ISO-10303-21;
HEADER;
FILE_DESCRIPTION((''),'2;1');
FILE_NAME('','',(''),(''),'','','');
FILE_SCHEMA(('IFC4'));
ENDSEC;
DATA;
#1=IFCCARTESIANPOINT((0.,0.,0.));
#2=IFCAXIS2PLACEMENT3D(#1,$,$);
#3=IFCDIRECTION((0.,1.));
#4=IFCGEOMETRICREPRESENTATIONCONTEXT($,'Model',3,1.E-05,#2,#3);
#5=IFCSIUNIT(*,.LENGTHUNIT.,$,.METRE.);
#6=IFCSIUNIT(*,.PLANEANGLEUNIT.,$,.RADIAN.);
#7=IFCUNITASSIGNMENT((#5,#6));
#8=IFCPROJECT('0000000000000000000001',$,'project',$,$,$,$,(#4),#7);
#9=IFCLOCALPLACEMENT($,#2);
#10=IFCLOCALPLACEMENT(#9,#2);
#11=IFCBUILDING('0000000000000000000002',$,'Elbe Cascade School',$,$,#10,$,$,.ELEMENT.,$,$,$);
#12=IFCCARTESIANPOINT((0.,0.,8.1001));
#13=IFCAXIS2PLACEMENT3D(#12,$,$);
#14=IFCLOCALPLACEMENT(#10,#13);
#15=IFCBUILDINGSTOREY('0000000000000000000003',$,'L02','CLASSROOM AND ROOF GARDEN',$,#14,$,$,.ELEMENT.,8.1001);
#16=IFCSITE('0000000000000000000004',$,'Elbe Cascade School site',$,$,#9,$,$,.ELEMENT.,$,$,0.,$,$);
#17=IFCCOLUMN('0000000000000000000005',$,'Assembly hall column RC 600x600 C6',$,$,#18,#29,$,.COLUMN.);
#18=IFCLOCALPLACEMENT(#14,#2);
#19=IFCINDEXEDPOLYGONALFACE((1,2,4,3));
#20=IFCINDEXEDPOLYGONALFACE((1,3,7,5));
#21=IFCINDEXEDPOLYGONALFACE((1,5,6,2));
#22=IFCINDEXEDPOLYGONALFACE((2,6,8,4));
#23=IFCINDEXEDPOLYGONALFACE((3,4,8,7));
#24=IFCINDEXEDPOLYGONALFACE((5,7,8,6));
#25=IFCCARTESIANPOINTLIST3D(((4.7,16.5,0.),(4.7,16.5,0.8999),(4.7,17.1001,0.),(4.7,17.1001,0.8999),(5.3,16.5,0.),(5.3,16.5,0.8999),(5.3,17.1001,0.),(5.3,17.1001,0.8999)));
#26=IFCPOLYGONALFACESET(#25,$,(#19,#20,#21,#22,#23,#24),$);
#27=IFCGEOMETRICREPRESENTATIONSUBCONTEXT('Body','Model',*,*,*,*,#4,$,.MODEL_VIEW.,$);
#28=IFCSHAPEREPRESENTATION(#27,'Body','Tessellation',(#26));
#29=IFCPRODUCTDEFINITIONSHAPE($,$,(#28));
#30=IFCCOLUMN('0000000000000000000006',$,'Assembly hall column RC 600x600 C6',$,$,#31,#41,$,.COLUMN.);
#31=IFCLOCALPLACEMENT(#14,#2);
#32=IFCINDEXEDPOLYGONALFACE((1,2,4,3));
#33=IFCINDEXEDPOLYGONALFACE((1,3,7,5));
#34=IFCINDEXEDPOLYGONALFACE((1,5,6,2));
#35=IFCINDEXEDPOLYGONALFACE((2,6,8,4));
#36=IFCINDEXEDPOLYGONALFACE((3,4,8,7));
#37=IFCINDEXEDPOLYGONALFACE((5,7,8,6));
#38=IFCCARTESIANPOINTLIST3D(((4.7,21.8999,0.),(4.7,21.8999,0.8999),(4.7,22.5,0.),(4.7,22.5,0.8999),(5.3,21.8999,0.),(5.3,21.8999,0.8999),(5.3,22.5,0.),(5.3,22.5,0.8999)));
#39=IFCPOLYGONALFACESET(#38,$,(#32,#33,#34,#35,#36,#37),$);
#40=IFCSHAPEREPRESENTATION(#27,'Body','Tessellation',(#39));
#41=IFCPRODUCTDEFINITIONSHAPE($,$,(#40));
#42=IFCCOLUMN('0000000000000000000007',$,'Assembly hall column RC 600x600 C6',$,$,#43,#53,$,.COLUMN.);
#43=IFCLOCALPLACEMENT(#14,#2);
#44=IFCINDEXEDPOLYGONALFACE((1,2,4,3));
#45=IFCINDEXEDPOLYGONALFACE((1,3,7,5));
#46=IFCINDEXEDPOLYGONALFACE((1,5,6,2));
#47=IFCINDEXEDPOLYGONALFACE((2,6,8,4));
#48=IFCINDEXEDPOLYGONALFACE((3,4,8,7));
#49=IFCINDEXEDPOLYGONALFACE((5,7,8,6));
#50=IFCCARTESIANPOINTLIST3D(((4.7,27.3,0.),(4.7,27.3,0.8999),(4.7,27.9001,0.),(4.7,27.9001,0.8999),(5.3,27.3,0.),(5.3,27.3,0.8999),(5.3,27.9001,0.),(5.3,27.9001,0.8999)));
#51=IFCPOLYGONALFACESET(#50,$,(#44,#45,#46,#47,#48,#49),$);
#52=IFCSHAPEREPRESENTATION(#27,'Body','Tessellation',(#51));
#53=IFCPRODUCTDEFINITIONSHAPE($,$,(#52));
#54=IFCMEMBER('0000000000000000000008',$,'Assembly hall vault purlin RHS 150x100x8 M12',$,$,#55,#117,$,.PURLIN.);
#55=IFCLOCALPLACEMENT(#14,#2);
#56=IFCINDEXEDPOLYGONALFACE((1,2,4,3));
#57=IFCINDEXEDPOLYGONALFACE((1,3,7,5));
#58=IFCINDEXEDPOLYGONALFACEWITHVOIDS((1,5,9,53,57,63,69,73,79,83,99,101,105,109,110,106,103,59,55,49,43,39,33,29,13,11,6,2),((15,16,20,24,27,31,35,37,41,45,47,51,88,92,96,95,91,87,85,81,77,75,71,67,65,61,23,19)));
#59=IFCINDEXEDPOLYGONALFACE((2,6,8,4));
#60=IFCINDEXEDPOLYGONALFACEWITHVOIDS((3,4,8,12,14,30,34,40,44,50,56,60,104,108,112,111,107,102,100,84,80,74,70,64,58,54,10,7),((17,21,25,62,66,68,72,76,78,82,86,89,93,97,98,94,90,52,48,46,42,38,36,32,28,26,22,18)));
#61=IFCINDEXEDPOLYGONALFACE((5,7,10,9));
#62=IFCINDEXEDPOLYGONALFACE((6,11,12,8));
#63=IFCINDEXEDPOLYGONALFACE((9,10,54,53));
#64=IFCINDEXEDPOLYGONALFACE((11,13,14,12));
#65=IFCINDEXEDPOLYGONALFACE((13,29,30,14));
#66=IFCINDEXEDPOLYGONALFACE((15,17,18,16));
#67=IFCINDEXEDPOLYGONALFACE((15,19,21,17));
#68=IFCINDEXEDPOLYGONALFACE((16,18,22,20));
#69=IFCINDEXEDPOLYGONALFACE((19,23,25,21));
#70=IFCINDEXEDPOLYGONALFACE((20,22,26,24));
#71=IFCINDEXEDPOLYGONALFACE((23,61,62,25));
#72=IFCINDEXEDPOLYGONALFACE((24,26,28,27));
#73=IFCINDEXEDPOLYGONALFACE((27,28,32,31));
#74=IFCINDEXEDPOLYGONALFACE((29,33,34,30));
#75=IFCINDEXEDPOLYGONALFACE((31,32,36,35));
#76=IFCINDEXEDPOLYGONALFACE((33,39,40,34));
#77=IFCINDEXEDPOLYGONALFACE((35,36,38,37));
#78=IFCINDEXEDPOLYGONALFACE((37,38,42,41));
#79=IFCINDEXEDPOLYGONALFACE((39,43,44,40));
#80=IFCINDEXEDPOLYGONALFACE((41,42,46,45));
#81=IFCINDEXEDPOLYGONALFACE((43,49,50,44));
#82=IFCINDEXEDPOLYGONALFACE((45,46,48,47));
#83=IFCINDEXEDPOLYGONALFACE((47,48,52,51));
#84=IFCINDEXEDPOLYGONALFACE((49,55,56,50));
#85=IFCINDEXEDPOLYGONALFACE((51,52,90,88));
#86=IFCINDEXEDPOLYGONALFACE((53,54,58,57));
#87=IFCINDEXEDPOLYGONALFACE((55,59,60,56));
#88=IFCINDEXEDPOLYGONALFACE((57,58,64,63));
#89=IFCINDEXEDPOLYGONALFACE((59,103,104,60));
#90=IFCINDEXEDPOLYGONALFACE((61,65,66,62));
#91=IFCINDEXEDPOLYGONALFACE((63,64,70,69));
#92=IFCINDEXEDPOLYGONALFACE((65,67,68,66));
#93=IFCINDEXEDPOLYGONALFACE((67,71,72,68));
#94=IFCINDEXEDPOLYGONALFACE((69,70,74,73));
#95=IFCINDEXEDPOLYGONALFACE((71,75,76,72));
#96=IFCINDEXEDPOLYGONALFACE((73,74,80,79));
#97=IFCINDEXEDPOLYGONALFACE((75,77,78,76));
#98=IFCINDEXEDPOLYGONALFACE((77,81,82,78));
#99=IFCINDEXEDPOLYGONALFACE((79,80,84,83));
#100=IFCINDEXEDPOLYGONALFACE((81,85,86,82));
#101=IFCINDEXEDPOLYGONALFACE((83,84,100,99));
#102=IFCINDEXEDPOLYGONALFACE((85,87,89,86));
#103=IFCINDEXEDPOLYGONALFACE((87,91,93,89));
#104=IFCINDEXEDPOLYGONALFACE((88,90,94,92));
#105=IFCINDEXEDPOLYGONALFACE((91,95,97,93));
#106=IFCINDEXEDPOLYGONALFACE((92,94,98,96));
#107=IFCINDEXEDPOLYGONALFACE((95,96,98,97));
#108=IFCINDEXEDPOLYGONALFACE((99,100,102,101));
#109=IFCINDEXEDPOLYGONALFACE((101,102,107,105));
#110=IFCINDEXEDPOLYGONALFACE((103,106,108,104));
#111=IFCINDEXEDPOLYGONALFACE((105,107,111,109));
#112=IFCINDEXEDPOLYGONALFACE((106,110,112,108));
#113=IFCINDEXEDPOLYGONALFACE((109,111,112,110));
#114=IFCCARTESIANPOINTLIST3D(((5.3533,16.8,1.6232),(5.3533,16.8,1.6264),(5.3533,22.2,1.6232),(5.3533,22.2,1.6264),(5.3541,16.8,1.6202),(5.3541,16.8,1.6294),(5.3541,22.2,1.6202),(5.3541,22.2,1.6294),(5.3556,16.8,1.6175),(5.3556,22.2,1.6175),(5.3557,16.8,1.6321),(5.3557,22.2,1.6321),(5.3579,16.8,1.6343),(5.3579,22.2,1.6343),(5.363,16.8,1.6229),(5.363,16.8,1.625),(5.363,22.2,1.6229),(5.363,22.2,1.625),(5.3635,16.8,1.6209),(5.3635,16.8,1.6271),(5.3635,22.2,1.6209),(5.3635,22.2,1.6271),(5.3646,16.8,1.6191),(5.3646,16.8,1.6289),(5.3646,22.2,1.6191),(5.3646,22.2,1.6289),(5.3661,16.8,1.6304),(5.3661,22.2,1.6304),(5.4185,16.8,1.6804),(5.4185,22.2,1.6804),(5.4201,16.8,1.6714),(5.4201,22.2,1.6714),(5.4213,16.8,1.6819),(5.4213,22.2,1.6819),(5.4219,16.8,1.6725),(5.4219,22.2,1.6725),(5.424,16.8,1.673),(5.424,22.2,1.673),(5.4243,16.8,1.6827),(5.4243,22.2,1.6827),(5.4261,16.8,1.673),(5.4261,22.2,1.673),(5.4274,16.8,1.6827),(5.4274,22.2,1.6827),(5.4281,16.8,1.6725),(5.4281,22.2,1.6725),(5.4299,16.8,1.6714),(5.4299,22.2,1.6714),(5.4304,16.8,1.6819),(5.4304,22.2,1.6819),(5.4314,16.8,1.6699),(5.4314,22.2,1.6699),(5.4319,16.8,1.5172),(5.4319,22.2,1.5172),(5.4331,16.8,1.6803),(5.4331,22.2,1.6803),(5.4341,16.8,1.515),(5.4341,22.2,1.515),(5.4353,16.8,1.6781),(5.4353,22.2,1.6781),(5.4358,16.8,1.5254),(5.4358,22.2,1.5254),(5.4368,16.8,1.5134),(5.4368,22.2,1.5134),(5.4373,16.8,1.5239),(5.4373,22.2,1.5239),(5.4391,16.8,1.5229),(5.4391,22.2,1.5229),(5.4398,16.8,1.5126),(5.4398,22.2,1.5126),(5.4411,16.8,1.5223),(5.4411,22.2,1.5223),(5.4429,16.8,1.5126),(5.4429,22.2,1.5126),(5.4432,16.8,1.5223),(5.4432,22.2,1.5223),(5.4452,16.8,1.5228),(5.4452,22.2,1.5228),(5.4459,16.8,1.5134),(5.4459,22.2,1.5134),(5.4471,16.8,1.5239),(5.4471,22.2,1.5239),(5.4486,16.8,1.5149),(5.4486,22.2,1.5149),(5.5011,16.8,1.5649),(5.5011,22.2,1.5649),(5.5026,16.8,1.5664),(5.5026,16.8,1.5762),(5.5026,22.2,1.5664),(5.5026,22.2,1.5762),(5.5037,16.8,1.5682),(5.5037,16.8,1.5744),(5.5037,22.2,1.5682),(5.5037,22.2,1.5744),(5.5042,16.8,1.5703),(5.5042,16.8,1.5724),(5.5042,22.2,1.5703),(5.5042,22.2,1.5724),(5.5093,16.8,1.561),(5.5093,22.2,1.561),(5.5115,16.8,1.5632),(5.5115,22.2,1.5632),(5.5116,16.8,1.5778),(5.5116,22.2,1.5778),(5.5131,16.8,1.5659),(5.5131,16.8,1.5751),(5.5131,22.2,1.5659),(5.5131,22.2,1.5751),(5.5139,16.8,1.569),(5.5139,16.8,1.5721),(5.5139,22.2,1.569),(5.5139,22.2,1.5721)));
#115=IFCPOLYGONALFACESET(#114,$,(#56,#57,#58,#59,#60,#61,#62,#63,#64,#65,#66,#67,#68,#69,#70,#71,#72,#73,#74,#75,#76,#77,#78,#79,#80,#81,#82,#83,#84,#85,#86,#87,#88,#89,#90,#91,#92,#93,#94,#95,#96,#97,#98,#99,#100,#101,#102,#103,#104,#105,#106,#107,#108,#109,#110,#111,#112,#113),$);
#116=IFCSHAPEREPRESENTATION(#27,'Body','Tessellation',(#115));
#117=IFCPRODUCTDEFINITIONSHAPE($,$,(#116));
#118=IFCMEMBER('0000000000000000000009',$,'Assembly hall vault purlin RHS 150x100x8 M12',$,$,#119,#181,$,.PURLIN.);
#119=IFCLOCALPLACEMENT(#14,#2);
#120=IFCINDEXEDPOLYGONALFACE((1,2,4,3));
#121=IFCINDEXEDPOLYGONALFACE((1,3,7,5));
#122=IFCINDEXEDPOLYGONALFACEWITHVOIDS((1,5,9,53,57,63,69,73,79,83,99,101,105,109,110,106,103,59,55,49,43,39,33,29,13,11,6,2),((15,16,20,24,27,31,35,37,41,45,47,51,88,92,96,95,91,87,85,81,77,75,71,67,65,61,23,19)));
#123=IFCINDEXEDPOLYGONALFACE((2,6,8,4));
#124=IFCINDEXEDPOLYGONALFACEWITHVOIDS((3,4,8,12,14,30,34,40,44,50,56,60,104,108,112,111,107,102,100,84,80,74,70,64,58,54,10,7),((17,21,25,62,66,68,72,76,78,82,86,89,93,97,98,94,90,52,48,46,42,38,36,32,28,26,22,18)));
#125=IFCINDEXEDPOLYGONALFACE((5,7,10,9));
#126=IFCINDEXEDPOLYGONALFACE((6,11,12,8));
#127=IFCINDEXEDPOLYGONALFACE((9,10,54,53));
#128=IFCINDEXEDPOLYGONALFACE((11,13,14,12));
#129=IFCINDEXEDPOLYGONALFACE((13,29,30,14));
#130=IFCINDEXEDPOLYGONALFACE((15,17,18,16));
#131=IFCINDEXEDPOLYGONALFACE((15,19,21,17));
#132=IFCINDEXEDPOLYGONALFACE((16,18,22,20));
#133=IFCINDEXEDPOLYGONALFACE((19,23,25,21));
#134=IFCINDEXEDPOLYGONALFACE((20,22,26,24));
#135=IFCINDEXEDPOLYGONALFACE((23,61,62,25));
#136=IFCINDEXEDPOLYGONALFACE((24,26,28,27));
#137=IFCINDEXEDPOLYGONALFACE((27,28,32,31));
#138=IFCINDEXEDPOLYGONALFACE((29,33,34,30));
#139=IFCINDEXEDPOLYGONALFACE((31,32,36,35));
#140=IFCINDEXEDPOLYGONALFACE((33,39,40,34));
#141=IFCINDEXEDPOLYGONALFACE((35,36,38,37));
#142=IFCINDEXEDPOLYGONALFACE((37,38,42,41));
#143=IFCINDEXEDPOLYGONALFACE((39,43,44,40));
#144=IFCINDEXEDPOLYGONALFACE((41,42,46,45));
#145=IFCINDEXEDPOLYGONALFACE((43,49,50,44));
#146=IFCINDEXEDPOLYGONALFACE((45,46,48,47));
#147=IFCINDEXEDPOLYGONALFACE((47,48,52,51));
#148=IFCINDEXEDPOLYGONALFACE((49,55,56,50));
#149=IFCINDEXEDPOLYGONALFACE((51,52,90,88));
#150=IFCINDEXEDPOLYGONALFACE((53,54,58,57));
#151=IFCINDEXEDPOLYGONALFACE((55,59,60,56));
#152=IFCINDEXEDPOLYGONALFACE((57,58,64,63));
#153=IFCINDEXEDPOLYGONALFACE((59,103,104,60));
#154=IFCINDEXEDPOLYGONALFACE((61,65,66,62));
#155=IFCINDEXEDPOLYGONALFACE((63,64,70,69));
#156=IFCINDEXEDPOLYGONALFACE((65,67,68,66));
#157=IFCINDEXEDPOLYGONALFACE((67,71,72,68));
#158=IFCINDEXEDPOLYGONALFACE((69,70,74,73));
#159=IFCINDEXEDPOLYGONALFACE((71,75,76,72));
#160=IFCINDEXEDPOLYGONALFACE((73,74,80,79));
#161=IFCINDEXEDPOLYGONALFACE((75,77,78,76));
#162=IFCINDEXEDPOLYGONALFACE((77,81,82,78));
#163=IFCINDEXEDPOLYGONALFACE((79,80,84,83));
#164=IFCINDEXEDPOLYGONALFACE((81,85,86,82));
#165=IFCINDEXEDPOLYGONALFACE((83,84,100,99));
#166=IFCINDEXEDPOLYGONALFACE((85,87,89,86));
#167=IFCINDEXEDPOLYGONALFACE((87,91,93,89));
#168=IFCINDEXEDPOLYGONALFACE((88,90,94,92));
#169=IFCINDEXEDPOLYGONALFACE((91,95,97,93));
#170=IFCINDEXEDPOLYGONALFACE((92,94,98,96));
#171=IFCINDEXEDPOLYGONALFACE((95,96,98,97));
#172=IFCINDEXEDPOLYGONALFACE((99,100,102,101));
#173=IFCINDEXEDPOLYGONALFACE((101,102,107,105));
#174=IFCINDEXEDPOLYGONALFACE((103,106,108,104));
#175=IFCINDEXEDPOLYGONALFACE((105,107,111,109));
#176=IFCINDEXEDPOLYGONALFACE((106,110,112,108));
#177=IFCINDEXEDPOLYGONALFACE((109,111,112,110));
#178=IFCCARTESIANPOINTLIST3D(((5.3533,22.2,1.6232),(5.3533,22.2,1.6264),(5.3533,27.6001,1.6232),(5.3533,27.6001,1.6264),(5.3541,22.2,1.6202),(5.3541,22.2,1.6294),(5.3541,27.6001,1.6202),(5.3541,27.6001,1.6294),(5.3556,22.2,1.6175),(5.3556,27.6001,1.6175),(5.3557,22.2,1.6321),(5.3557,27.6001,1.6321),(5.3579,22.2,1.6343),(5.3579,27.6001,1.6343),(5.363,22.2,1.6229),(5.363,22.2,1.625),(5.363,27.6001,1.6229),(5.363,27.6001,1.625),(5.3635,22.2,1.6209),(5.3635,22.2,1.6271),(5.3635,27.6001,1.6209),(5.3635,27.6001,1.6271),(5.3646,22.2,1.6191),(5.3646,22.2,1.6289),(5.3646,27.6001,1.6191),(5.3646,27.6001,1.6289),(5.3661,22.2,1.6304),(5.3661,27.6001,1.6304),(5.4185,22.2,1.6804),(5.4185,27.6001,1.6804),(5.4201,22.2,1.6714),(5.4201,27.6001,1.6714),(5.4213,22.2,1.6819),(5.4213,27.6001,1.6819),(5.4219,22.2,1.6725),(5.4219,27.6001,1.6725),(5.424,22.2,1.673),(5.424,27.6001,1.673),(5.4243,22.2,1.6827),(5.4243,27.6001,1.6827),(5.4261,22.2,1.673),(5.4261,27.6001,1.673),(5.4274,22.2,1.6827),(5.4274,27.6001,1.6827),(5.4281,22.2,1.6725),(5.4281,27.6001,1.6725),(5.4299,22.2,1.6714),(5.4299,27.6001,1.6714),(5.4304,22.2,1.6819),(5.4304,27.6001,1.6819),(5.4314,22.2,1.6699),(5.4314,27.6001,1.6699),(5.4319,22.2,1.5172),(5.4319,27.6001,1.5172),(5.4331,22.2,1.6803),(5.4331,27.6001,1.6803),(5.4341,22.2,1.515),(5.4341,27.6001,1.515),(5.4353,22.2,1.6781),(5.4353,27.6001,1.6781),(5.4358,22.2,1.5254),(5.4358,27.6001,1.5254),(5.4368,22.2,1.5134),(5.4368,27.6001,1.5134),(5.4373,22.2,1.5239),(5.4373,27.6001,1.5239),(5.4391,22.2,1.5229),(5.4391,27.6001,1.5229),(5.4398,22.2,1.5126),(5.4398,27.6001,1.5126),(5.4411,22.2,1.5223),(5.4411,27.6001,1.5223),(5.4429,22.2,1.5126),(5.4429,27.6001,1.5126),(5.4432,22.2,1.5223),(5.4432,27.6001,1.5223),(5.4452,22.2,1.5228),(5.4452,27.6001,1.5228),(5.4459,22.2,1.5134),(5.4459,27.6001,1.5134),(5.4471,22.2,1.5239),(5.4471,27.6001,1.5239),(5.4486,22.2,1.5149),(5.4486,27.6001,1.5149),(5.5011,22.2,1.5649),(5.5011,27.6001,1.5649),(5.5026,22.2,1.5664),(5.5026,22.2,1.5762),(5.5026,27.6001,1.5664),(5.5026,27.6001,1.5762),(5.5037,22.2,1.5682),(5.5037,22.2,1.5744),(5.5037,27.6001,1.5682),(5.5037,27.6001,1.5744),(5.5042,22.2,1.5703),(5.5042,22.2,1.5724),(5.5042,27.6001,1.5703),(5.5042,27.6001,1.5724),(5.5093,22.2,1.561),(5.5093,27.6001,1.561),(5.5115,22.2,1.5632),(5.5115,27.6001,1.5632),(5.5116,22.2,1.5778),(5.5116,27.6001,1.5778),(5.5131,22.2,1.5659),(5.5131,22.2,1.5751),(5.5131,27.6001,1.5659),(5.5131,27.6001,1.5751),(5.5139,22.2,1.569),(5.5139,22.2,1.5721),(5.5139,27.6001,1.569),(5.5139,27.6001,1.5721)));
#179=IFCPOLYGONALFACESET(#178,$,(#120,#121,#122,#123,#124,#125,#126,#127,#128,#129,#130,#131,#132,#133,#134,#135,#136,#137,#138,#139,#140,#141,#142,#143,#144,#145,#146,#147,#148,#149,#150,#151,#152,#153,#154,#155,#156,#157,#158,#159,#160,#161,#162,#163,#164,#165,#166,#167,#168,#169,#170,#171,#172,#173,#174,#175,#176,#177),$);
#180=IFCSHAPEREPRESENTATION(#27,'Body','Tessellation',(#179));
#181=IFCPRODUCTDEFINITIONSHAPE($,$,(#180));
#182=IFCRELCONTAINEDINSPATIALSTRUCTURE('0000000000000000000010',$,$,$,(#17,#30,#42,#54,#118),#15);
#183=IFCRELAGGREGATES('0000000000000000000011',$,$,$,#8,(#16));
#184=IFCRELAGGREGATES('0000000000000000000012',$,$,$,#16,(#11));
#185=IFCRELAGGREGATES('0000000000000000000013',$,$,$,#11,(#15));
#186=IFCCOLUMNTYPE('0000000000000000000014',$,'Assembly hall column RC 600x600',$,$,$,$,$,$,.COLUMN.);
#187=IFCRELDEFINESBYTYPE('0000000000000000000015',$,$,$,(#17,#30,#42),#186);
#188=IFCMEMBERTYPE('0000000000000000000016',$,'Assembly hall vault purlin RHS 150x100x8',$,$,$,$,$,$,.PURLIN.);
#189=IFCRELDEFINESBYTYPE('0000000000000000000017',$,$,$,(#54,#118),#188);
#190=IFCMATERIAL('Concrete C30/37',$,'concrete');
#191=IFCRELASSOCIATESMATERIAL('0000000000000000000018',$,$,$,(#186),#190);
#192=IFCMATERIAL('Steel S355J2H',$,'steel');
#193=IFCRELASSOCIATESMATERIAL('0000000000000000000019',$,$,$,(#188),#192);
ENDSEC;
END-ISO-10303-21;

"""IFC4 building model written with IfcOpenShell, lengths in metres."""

from ifc_helpers import new_model, si_unit, direction, frame, origin, origin_2d, place, context, subcontext, project, spatial, rectangle, hollow_rectangle, extrude, material, material_profile, profile_set, type_object, element, save


model = new_model("IFC4")

# Units and contexts
model_context = context("Model", 3, precision=1e-05, world=origin(), true_north=direction((0.0, 1.0)))
body_context = subcontext(model_context, "Body", "Model", "MODEL_VIEW")
ifc_project = project(units=[si_unit("LENGTHUNIT", "METRE"), si_unit("PLANEANGLEUNIT", "RADIAN")], contexts=[model_context])

# Site, building, storey
site_placement = place(None, origin())
site = spatial("IfcSite", under=ifc_project, at=site_placement, Name="Elbe Cascade School site", CompositionType="ELEMENT", RefElevation=0.0)
building_placement = place(site_placement, origin())
building = spatial("IfcBuilding", under=site, at=building_placement, Name="Elbe Cascade School", CompositionType="ELEMENT")
storey_placement = place(building_placement, frame((0.0, 0.0, 8.1001)))
storey = spatial("IfcBuildingStorey", under=building, at=storey_placement, Name="L02", Description="CLASSROOM AND ROOF GARDEN", CompositionType="ELEMENT", Elevation=8.1001)

# Columns
ifc_material_1 = material(Name="Concrete C30/37", Category="concrete")
ifc_material_profile_1 = material_profile(ifc_material_1, rectangle(XDim=0.6001, YDim=0.6001, at=origin_2d()), Name="RC 600x600")
ifc_profile_set_1 = profile_set([ifc_material_profile_1], Name="Concrete C30/37")
column_type = type_object("IfcColumnType", Name="Assembly hall column RC 600x600", PredefinedType="COLUMN", material=ifc_profile_set_1)
for number, where, z_axis, x_axis, name in (
    (1, (5.0, 16.8, 0.0), (0.0, 0.0, 1.0), (1.0, 0.0, 0.0), "Assembly hall column RC 600x600 C6"),
    (2, (5.0, 22.2, 0.0), (0.0, 0.0, 1.0), (1.0, 0.0, 0.0), "Assembly hall column RC 600x600 C6"),
    (3, (5.0, 27.6001, 0.0), (0.0, 0.0, 1.0), (1.0, 0.0, 0.0), "Assembly hall column RC 600x600 C6"),
):
    element("IfcColumn", number, at=place(storey_placement, frame(where, z_axis=z_axis, x_axis=x_axis)), inside=storey, type_object=column_type, Name=name, PredefinedType="COLUMN", context=body_context, shape_type="SweptSolid", body=[
        extrude(rectangle(XDim=0.6001, YDim=0.6001, at=origin_2d()), origin(), (0.0, 0.0, 1.0), 0.8999),
    ])

# Members
ifc_material_2 = material(Name="Steel S355J2H", Category="steel")
ifc_material_profile_2 = material_profile(ifc_material_2, hollow_rectangle(XDim=0.1001, YDim=0.1499, WallThickness=0.0081, InnerFilletRadius=0.0081, OuterFilletRadius=0.012, at=origin_2d()), Name="RHS 150x100x8")
ifc_profile_set_2 = profile_set([ifc_material_profile_2], Name="Steel S355J2H")
member_type_1 = type_object("IfcMemberType", Name="Assembly hall vault purlin RHS 150x100x8", PredefinedType="PURLIN", material=ifc_profile_set_2)
member_1_placement = place(storey_placement, frame((5.4336, 16.8, 1.5977), z_axis=(0.0, 1.0, 0.0), x_axis=(-0.795996, 0.0, -0.605302)))
element("IfcMember", 4, at=member_1_placement, inside=storey, type_object=member_type_1, Name="Assembly hall vault purlin RHS 150x100x8 M12", PredefinedType="PURLIN", context=body_context, shape_type="SweptSolid", body=[
    extrude(hollow_rectangle(XDim=0.1001, YDim=0.1499, WallThickness=0.0081, InnerFilletRadius=0.0081, OuterFilletRadius=0.012, at=origin_2d()), origin(), (0.0, 0.0, 1.0), 5.3999),
])
member_2_placement = place(storey_placement, frame((5.4336, 22.2, 1.5977), z_axis=(0.0, 1.0, 0.0), x_axis=(-0.795996, 0.0, -0.605302)))
element("IfcMember", 5, at=member_2_placement, inside=storey, type_object=member_type_1, Name="Assembly hall vault purlin RHS 150x100x8 M12", PredefinedType="PURLIN", context=body_context, shape_type="SweptSolid", body=[
    extrude(hollow_rectangle(XDim=0.1001, YDim=0.1499, WallThickness=0.0081, InnerFilletRadius=0.0081, OuterFilletRadius=0.012, at=origin_2d()), origin(), (0.0, 0.0, 1.0), 5.4001),
])

save(model, "model.ifc")
